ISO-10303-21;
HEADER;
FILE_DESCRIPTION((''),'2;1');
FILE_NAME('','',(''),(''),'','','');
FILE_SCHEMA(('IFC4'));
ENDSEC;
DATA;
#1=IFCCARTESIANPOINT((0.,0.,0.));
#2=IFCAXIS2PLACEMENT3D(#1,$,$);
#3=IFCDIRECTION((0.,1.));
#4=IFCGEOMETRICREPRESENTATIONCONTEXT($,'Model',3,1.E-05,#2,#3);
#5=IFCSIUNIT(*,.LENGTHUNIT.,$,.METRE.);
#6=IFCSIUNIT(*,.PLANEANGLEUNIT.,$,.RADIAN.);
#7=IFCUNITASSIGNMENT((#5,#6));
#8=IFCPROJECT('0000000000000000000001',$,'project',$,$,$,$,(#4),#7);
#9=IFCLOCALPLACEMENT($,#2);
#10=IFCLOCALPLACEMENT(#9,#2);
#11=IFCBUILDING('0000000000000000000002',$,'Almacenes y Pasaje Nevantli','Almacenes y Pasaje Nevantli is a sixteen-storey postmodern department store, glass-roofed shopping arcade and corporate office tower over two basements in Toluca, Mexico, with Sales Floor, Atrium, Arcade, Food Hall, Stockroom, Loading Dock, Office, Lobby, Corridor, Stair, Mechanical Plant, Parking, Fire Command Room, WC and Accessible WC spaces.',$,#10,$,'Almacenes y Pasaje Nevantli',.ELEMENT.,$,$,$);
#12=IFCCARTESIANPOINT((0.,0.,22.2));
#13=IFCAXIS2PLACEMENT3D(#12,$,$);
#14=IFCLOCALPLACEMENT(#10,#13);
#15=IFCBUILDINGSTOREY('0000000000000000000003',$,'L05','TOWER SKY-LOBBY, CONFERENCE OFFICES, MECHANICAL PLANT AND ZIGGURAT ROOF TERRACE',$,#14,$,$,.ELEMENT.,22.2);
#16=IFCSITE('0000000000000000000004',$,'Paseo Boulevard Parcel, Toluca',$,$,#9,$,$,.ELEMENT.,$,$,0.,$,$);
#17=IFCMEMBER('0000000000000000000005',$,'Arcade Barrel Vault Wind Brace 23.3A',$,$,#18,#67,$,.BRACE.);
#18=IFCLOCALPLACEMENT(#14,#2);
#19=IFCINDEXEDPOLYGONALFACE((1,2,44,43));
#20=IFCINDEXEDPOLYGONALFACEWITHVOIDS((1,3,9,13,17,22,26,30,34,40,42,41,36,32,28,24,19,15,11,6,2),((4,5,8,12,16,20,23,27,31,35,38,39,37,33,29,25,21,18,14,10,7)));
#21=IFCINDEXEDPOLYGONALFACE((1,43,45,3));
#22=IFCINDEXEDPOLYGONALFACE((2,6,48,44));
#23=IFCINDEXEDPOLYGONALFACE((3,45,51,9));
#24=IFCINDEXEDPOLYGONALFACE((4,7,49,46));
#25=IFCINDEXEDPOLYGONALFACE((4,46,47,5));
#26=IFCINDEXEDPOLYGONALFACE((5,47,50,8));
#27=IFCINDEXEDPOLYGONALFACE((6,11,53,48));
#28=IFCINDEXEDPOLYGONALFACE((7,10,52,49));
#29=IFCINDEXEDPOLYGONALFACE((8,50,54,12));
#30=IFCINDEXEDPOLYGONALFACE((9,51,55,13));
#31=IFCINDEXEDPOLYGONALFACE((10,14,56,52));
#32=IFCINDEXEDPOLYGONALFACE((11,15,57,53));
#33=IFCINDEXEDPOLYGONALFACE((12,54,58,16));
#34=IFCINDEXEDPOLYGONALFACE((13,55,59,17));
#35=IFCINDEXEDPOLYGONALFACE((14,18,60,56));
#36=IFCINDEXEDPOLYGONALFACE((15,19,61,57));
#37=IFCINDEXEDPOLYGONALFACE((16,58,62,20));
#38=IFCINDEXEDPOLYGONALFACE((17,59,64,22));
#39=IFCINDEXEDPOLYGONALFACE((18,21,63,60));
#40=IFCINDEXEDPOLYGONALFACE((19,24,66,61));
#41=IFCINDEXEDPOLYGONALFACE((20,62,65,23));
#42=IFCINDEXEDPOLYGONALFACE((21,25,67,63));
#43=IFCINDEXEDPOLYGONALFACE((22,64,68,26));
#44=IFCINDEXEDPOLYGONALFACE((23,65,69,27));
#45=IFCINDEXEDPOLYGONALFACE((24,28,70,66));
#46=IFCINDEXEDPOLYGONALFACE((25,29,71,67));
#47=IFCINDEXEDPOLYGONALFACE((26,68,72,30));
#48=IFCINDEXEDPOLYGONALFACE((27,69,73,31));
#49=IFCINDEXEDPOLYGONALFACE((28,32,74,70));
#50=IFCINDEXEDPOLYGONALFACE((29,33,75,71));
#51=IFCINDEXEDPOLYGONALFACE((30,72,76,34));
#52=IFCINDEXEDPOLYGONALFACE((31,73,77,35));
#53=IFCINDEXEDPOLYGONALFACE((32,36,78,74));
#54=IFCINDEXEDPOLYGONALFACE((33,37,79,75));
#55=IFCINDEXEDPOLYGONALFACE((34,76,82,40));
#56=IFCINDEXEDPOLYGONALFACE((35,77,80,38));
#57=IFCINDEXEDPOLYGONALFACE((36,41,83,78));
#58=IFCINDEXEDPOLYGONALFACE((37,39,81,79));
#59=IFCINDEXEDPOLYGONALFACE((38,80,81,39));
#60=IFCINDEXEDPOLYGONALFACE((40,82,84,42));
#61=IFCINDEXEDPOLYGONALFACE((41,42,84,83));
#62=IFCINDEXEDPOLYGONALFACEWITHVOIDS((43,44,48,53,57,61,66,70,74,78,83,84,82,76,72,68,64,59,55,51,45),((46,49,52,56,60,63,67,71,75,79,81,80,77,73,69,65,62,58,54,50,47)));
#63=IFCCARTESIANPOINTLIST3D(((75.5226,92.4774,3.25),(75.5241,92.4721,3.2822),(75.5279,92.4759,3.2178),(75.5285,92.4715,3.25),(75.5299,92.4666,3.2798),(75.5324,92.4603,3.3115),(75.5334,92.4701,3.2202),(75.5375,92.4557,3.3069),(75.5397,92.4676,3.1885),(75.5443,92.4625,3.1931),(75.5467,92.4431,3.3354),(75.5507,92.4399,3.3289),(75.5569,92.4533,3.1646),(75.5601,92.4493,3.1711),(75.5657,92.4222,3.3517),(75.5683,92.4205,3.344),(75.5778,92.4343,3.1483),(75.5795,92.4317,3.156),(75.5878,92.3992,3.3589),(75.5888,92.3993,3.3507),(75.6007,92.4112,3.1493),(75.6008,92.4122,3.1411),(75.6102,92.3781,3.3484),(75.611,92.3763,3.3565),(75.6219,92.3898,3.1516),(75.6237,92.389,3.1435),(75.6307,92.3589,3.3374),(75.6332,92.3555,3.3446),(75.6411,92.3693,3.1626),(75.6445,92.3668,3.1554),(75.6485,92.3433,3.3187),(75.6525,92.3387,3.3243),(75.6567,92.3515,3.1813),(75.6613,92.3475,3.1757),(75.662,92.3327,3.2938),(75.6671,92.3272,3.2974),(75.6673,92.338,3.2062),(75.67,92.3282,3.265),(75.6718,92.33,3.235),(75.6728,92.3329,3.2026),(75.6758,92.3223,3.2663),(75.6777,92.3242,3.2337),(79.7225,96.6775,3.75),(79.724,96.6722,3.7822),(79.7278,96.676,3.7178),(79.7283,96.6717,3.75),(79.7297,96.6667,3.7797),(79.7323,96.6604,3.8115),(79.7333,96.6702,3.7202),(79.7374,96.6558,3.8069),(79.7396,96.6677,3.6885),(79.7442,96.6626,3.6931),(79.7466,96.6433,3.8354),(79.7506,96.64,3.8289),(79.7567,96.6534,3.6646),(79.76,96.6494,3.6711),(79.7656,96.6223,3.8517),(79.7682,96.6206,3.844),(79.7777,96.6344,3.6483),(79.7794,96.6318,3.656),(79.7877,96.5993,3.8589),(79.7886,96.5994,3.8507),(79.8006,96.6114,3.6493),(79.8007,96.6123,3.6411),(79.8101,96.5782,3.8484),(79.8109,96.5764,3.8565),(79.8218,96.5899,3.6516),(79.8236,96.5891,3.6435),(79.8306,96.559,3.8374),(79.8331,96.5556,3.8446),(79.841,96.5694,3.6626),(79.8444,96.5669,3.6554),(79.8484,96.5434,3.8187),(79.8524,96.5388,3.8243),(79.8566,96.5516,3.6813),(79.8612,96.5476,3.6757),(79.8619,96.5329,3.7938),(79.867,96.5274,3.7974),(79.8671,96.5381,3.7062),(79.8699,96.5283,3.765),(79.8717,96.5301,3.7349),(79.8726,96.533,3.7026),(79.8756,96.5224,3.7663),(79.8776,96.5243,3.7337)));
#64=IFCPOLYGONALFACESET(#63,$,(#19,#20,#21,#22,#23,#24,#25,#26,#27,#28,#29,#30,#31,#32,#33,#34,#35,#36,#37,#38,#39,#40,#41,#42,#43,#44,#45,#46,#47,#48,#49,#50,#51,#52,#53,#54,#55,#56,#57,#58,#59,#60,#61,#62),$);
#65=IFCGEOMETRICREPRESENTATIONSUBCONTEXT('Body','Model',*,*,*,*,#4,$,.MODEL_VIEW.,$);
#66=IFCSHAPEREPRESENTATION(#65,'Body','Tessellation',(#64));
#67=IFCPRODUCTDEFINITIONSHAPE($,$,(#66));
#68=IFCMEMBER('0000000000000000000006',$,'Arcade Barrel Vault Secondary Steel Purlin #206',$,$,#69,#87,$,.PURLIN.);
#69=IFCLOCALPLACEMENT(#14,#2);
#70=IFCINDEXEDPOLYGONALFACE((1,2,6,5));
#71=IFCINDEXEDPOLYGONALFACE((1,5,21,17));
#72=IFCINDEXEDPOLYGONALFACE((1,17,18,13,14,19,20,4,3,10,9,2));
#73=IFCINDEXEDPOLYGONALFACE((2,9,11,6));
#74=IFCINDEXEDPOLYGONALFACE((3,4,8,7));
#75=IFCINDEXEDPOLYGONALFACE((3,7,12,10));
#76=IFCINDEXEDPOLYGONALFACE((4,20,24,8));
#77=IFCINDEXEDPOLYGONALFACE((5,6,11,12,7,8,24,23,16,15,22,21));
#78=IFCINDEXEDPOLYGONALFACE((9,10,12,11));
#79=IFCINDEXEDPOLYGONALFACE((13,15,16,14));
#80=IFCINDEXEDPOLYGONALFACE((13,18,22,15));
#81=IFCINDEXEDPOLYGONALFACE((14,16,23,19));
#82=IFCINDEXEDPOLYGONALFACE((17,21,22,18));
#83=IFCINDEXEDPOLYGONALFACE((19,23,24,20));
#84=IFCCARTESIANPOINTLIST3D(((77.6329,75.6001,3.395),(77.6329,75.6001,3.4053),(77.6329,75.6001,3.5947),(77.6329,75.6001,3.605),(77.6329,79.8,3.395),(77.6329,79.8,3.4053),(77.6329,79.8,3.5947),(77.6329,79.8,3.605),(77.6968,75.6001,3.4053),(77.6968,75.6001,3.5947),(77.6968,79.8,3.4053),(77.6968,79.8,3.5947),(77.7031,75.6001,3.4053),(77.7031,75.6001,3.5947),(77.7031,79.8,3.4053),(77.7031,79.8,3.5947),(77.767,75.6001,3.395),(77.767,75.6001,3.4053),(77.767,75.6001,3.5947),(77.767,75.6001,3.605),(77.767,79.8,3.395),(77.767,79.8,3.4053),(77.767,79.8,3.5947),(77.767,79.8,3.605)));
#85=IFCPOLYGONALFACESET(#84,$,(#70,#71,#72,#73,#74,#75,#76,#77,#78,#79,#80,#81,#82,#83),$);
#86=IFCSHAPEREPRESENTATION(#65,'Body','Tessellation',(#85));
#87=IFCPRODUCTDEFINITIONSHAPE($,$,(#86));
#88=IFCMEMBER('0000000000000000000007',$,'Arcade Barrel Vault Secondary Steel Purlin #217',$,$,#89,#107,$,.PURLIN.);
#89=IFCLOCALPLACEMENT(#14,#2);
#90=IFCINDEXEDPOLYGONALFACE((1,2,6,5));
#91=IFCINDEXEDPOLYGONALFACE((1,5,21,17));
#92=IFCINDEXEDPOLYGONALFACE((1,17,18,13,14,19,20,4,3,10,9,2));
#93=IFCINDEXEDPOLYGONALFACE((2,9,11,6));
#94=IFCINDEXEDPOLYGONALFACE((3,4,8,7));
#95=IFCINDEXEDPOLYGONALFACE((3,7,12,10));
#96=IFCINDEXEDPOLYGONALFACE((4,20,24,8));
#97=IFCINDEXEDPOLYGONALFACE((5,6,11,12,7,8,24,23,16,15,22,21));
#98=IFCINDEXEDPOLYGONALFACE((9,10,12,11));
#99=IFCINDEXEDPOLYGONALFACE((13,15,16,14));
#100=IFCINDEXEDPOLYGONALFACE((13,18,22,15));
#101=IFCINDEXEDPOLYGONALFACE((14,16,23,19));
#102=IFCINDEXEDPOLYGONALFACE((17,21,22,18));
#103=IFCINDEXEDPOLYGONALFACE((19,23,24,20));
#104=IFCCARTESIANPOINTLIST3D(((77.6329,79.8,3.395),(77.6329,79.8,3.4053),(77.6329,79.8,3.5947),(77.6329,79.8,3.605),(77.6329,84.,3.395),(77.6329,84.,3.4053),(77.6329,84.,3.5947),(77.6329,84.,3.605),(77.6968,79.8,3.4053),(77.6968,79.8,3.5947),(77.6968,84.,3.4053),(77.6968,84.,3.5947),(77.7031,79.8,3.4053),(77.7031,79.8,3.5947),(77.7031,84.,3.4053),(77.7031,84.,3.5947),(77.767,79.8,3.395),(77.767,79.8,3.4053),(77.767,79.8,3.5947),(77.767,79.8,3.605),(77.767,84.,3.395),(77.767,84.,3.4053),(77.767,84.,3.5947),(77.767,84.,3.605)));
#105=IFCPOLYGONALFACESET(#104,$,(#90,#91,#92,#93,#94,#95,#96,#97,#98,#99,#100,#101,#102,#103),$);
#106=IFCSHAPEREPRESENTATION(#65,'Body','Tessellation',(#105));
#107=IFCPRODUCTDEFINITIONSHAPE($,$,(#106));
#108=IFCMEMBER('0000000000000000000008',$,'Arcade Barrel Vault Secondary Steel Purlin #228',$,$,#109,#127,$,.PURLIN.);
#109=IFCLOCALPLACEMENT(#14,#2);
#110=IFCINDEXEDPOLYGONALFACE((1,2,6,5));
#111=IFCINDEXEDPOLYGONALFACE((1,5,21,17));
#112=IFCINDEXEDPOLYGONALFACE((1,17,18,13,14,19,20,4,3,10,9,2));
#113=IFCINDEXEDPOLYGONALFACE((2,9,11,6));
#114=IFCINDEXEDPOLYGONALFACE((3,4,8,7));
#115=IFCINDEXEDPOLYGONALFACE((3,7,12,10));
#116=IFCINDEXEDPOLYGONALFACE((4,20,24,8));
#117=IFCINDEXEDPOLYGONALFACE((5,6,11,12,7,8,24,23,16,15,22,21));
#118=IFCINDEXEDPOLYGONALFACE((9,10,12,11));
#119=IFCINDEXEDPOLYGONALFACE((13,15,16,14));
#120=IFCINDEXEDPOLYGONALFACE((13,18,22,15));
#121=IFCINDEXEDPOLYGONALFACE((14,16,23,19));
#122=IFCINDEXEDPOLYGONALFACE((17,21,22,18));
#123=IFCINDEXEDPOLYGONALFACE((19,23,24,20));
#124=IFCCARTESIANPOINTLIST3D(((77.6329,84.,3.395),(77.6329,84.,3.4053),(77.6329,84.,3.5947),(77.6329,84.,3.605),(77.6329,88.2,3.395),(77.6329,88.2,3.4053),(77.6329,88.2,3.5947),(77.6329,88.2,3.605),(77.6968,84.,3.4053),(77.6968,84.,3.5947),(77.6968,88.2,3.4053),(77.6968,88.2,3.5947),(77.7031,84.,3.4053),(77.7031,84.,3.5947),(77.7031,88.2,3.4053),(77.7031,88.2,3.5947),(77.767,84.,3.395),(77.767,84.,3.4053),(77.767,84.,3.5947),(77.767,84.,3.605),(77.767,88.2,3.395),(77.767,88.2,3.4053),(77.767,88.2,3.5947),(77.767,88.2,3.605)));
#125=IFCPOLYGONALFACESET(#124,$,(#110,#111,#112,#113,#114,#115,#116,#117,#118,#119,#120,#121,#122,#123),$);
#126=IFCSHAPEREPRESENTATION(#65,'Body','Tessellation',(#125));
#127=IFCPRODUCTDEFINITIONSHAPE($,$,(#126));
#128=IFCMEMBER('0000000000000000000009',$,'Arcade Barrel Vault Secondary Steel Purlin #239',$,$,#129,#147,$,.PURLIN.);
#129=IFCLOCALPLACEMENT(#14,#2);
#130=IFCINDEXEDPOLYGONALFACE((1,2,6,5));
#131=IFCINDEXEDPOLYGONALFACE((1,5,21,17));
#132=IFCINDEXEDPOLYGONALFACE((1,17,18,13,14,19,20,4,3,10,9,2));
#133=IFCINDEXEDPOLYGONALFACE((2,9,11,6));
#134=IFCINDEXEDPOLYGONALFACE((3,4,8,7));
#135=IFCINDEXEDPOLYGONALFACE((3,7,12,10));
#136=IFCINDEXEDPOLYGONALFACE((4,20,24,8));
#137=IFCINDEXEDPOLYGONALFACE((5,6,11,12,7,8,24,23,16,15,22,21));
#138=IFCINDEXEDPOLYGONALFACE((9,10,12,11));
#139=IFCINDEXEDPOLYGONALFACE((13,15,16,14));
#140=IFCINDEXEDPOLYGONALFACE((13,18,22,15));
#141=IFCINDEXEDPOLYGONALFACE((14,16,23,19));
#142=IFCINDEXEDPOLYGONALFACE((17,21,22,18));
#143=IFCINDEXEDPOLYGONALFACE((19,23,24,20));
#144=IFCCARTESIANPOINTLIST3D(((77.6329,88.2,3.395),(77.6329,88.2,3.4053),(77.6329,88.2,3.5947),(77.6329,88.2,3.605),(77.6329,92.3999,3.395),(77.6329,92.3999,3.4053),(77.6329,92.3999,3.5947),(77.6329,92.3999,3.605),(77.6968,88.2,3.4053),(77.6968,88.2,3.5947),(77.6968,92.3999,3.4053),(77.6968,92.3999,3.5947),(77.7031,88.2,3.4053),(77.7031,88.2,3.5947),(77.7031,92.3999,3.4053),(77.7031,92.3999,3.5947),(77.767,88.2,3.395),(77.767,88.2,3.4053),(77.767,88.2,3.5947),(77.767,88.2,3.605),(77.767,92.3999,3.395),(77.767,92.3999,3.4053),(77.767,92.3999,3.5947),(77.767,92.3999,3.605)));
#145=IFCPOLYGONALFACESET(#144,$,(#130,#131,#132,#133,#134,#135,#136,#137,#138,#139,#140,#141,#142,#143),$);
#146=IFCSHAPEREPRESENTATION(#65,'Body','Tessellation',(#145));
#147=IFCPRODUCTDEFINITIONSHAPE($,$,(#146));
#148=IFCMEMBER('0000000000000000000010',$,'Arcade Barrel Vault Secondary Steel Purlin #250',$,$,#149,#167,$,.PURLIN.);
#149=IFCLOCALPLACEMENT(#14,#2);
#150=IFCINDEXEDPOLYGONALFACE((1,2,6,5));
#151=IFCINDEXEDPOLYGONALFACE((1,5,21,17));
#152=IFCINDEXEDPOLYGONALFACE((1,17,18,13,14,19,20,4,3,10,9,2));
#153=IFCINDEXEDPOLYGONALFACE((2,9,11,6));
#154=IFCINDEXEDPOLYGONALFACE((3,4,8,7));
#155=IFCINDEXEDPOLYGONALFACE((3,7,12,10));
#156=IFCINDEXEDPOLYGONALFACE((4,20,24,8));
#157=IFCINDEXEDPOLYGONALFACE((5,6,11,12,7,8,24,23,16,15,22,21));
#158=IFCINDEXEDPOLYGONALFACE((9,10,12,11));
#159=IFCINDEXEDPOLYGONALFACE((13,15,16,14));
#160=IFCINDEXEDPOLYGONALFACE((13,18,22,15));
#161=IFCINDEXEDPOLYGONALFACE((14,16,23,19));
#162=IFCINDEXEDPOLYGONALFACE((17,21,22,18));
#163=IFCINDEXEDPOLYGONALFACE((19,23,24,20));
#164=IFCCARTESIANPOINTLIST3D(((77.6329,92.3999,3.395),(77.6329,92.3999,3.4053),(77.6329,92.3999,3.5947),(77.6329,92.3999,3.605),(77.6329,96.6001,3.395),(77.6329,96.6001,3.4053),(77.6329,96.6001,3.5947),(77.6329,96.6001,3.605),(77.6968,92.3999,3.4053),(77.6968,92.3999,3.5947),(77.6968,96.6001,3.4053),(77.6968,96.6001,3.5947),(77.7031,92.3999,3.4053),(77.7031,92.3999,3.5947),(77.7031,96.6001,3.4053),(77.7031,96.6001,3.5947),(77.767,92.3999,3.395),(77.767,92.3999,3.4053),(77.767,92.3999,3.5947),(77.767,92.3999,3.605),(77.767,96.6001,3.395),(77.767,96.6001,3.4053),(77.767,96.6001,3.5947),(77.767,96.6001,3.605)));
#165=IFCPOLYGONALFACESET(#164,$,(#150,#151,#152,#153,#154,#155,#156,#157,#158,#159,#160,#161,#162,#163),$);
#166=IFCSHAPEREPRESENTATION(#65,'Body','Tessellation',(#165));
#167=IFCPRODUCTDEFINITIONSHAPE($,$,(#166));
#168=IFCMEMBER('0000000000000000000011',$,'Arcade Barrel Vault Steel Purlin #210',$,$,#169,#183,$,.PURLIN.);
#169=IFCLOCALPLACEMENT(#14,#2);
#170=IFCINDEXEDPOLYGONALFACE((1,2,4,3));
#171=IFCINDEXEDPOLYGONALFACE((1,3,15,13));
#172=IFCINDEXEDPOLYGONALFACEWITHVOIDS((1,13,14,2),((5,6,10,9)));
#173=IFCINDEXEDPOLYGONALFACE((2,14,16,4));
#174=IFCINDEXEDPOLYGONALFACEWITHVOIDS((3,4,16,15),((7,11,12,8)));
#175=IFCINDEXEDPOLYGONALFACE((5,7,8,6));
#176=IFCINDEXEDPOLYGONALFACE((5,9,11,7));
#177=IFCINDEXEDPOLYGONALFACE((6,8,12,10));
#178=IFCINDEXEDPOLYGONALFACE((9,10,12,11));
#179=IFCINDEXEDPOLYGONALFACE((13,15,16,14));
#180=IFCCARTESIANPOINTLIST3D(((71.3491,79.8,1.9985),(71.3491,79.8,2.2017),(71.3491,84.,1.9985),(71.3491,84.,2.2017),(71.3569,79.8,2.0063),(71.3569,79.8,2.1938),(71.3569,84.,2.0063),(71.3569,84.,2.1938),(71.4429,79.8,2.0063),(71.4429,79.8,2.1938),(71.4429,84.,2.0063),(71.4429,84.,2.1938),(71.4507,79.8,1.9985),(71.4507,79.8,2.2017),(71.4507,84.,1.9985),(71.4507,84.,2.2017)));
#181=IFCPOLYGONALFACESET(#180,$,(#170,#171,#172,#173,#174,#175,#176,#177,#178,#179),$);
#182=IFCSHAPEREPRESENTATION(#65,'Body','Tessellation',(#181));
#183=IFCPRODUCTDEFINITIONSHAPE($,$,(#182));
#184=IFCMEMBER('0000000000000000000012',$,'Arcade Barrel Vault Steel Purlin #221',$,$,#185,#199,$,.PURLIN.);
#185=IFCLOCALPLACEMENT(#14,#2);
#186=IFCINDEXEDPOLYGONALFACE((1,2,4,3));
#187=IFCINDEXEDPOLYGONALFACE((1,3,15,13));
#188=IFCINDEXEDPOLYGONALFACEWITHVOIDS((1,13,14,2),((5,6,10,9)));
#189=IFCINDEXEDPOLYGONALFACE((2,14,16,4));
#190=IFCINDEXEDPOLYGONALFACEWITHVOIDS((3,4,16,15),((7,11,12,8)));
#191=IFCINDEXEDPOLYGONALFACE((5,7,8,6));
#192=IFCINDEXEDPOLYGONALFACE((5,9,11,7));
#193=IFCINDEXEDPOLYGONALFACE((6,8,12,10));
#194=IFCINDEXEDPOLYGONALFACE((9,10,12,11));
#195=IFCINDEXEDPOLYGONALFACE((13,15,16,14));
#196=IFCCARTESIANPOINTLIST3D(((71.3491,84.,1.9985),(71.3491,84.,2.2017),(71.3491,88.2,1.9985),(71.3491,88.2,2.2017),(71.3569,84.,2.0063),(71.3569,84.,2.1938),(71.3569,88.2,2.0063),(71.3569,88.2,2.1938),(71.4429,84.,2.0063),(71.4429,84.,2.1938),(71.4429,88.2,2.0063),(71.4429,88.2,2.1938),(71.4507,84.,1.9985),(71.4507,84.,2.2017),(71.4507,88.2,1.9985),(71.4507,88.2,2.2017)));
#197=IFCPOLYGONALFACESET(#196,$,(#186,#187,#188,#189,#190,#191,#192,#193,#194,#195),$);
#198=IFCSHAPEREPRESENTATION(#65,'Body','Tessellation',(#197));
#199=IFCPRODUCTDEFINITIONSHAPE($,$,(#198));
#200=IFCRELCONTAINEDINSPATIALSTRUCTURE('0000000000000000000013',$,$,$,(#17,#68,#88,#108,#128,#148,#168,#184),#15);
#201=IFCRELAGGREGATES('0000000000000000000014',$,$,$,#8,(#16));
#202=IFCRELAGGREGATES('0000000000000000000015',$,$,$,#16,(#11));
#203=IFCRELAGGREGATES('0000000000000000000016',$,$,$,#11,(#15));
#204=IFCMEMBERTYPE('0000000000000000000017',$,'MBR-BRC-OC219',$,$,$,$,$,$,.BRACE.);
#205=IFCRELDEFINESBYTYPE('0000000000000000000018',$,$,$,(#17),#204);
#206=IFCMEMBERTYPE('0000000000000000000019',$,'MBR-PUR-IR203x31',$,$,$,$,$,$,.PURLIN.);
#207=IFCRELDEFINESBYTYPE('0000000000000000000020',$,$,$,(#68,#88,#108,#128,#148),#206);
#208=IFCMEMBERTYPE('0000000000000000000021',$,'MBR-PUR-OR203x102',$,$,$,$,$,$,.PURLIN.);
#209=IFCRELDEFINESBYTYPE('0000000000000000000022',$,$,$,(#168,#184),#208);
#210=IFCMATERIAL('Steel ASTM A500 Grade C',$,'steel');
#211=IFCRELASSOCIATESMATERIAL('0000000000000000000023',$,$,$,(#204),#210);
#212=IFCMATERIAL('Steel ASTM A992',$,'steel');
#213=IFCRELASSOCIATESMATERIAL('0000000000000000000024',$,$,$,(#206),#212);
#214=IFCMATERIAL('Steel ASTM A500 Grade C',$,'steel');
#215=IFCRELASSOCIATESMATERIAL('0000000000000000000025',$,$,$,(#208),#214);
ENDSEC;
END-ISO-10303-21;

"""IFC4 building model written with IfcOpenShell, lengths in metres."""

from ifc_helpers import new_model, si_unit, direction, frame, origin, origin_2d, place, context, subcontext, project, spatial, hollow_rectangle, hollow_circle, i_section, extrude, material, material_profile, profile_set, type_object, element, save


model = new_model("IFC4")

# Units and contexts
model_context = context("Model", 3, precision=1e-05, world=origin(), true_north=direction((0.0, 1.0)))
body_context = subcontext(model_context, "Body", "Model", "MODEL_VIEW")
ifc_project = project(units=[si_unit("LENGTHUNIT", "METRE"), si_unit("PLANEANGLEUNIT", "RADIAN")], contexts=[model_context])

# Site, building, storey
site_placement = place(None, origin())
site = spatial("IfcSite", under=ifc_project, at=site_placement, Name="Paseo Boulevard Parcel, Toluca", CompositionType="ELEMENT", RefElevation=0.0)
building_placement = place(site_placement, origin())
building = spatial("IfcBuilding", under=site, at=building_placement, Name="Almacenes y Pasaje Nevantli", Description="Almacenes y Pasaje Nevantli is a sixteen-storey postmodern department store, glass-roofed shopping arcade and corporate office tower over two basements in Toluca, Mexico, with Sales Floor, Atrium, Arcade, Food Hall, Stockroom, Loading Dock, Office, Lobby, Corridor, Stair, Mechanical Plant, Parking, Fire Command Room, WC and Accessible WC spaces.", LongName="Almacenes y Pasaje Nevantli", CompositionType="ELEMENT")
storey_placement = place(building_placement, frame((0.0, 0.0, 22.2)))
storey = spatial("IfcBuildingStorey", under=building, at=storey_placement, Name="L05", Description="TOWER SKY-LOBBY, CONFERENCE OFFICES, MECHANICAL PLANT AND ZIGGURAT ROOF TERRACE", CompositionType="ELEMENT", Elevation=22.2)

# Members
ifc_material_1 = material(Name="Steel ASTM A500 Grade C", Category="steel")
ifc_material_profile_1 = material_profile(ifc_material_1, hollow_circle(Radius=0.1096, WallThickness=0.0083, at=origin_2d()), Name="OC 219x8.2")
ifc_profile_set_1 = profile_set([ifc_material_profile_1], Name="Steel ASTM A500 Grade C")
member_type_1 = type_object("IfcMemberType", Name="MBR-BRC-OC219", PredefinedType="BRACE", material=ifc_profile_set_1)
for number, where, z_axis, x_axis, name in (
    (1, (75.6001, 92.3999, 3.25), (0.704594, 0.704635, 0.083881), (-0.707127, 0.707086, 0.0), "Arcade Barrel Vault Wind Brace 23.3A"),
):
    element("IfcMember", number, at=place(storey_placement, frame(where, z_axis=z_axis, x_axis=x_axis)), inside=storey, type_object=member_type_1, Name=name, PredefinedType="BRACE", context=body_context, shape_type="SweptSolid", body=[
        extrude(hollow_circle(Radius=0.1096, WallThickness=0.0083, at=origin_2d()), origin(), (0.0, 0.0, 1.0), 5.9607),
    ])
ifc_material_2 = material(Name="Steel ASTM A992", Category="steel")
ifc_material_profile_2 = material_profile(ifc_material_2, i_section(OverallWidth=0.134, OverallDepth=0.21, WebThickness=0.0063, FlangeThickness=0.0103, at=origin_2d()), Name="IR 203x31.3")
ifc_profile_set_2 = profile_set([ifc_material_profile_2], Name="Steel ASTM A992")
member_type_2 = type_object("IfcMemberType", Name="MBR-PUR-IR203x31", PredefinedType="PURLIN", material=ifc_profile_set_2)
for number, where, z_axis, x_axis, name in (
    (2, (77.7, 75.6001, 3.5), (0.0, 1.0, 0.0), (-1.0, 0.0, 0.0), "Arcade Barrel Vault Secondary Steel Purlin #206"),
    (3, (77.7, 79.8, 3.5), (0.0, 1.0, 0.0), (-1.0, 0.0, 0.0), "Arcade Barrel Vault Secondary Steel Purlin #217"),
    (4, (77.7, 84.0, 3.5), (0.0, 1.0, 0.0), (-1.0, 0.0, 0.0), "Arcade Barrel Vault Secondary Steel Purlin #228"),
    (5, (77.7, 88.2, 3.5), (0.0, 1.0, 0.0), (-1.0, 0.0, 0.0), "Arcade Barrel Vault Secondary Steel Purlin #239"),
):
    element("IfcMember", number, at=place(storey_placement, frame(where, z_axis=z_axis, x_axis=x_axis)), inside=storey, type_object=member_type_2, Name=name, PredefinedType="PURLIN", context=body_context, shape_type="SweptSolid", body=[
        extrude(i_section(OverallWidth=0.134, OverallDepth=0.21, WebThickness=0.0063, FlangeThickness=0.0103, at=origin_2d()), origin(), (0.0, 0.0, 1.0), 4.2),
    ])
member_1_placement = place(storey_placement, frame((77.7, 92.3999, 3.5), z_axis=(0.0, 1.0, 0.0), x_axis=(-1.0, 0.0, 0.0)))
element("IfcMember", 6, at=member_1_placement, inside=storey, type_object=member_type_2, Name="Arcade Barrel Vault Secondary Steel Purlin #250", PredefinedType="PURLIN", context=body_context, shape_type="SweptSolid", body=[
    extrude(i_section(OverallWidth=0.134, OverallDepth=0.21, WebThickness=0.0063, FlangeThickness=0.0103, at=origin_2d()), origin(), (0.0, 0.0, 1.0), 4.2002),
])
ifc_material_3 = material(Name="Steel ASTM A500 Grade C", Category="steel")
ifc_material_profile_3 = material_profile(ifc_material_3, hollow_rectangle(XDim=0.1016, YDim=0.2031, WallThickness=0.0078, at=origin_2d()), Name="OR 203x102x7.9")
ifc_profile_set_3 = profile_set([ifc_material_profile_3], Name="Steel ASTM A500 Grade C")
member_type_3 = type_object("IfcMemberType", Name="MBR-PUR-OR203x102", PredefinedType="PURLIN", material=ifc_profile_set_3)
for number, where, z_axis, x_axis, name in (
    (7, (71.3999, 79.8, 2.1001), (0.0, 1.0, 0.0), (-1.0, 0.0, 0.0), "Arcade Barrel Vault Steel Purlin #210"),
    (8, (71.3999, 84.0, 2.1001), (0.0, 1.0, 0.0), (-1.0, 0.0, 0.0), "Arcade Barrel Vault Steel Purlin #221"),
):
    element("IfcMember", number, at=place(storey_placement, frame(where, z_axis=z_axis, x_axis=x_axis)), inside=storey, type_object=member_type_3, Name=name, PredefinedType="PURLIN", context=body_context, shape_type="SweptSolid", body=[
        extrude(hollow_rectangle(XDim=0.1016, YDim=0.2031, WallThickness=0.0078, at=origin_2d()), origin(), (0.0, 0.0, 1.0), 4.2),
    ])

save(model, "model.ifc")
